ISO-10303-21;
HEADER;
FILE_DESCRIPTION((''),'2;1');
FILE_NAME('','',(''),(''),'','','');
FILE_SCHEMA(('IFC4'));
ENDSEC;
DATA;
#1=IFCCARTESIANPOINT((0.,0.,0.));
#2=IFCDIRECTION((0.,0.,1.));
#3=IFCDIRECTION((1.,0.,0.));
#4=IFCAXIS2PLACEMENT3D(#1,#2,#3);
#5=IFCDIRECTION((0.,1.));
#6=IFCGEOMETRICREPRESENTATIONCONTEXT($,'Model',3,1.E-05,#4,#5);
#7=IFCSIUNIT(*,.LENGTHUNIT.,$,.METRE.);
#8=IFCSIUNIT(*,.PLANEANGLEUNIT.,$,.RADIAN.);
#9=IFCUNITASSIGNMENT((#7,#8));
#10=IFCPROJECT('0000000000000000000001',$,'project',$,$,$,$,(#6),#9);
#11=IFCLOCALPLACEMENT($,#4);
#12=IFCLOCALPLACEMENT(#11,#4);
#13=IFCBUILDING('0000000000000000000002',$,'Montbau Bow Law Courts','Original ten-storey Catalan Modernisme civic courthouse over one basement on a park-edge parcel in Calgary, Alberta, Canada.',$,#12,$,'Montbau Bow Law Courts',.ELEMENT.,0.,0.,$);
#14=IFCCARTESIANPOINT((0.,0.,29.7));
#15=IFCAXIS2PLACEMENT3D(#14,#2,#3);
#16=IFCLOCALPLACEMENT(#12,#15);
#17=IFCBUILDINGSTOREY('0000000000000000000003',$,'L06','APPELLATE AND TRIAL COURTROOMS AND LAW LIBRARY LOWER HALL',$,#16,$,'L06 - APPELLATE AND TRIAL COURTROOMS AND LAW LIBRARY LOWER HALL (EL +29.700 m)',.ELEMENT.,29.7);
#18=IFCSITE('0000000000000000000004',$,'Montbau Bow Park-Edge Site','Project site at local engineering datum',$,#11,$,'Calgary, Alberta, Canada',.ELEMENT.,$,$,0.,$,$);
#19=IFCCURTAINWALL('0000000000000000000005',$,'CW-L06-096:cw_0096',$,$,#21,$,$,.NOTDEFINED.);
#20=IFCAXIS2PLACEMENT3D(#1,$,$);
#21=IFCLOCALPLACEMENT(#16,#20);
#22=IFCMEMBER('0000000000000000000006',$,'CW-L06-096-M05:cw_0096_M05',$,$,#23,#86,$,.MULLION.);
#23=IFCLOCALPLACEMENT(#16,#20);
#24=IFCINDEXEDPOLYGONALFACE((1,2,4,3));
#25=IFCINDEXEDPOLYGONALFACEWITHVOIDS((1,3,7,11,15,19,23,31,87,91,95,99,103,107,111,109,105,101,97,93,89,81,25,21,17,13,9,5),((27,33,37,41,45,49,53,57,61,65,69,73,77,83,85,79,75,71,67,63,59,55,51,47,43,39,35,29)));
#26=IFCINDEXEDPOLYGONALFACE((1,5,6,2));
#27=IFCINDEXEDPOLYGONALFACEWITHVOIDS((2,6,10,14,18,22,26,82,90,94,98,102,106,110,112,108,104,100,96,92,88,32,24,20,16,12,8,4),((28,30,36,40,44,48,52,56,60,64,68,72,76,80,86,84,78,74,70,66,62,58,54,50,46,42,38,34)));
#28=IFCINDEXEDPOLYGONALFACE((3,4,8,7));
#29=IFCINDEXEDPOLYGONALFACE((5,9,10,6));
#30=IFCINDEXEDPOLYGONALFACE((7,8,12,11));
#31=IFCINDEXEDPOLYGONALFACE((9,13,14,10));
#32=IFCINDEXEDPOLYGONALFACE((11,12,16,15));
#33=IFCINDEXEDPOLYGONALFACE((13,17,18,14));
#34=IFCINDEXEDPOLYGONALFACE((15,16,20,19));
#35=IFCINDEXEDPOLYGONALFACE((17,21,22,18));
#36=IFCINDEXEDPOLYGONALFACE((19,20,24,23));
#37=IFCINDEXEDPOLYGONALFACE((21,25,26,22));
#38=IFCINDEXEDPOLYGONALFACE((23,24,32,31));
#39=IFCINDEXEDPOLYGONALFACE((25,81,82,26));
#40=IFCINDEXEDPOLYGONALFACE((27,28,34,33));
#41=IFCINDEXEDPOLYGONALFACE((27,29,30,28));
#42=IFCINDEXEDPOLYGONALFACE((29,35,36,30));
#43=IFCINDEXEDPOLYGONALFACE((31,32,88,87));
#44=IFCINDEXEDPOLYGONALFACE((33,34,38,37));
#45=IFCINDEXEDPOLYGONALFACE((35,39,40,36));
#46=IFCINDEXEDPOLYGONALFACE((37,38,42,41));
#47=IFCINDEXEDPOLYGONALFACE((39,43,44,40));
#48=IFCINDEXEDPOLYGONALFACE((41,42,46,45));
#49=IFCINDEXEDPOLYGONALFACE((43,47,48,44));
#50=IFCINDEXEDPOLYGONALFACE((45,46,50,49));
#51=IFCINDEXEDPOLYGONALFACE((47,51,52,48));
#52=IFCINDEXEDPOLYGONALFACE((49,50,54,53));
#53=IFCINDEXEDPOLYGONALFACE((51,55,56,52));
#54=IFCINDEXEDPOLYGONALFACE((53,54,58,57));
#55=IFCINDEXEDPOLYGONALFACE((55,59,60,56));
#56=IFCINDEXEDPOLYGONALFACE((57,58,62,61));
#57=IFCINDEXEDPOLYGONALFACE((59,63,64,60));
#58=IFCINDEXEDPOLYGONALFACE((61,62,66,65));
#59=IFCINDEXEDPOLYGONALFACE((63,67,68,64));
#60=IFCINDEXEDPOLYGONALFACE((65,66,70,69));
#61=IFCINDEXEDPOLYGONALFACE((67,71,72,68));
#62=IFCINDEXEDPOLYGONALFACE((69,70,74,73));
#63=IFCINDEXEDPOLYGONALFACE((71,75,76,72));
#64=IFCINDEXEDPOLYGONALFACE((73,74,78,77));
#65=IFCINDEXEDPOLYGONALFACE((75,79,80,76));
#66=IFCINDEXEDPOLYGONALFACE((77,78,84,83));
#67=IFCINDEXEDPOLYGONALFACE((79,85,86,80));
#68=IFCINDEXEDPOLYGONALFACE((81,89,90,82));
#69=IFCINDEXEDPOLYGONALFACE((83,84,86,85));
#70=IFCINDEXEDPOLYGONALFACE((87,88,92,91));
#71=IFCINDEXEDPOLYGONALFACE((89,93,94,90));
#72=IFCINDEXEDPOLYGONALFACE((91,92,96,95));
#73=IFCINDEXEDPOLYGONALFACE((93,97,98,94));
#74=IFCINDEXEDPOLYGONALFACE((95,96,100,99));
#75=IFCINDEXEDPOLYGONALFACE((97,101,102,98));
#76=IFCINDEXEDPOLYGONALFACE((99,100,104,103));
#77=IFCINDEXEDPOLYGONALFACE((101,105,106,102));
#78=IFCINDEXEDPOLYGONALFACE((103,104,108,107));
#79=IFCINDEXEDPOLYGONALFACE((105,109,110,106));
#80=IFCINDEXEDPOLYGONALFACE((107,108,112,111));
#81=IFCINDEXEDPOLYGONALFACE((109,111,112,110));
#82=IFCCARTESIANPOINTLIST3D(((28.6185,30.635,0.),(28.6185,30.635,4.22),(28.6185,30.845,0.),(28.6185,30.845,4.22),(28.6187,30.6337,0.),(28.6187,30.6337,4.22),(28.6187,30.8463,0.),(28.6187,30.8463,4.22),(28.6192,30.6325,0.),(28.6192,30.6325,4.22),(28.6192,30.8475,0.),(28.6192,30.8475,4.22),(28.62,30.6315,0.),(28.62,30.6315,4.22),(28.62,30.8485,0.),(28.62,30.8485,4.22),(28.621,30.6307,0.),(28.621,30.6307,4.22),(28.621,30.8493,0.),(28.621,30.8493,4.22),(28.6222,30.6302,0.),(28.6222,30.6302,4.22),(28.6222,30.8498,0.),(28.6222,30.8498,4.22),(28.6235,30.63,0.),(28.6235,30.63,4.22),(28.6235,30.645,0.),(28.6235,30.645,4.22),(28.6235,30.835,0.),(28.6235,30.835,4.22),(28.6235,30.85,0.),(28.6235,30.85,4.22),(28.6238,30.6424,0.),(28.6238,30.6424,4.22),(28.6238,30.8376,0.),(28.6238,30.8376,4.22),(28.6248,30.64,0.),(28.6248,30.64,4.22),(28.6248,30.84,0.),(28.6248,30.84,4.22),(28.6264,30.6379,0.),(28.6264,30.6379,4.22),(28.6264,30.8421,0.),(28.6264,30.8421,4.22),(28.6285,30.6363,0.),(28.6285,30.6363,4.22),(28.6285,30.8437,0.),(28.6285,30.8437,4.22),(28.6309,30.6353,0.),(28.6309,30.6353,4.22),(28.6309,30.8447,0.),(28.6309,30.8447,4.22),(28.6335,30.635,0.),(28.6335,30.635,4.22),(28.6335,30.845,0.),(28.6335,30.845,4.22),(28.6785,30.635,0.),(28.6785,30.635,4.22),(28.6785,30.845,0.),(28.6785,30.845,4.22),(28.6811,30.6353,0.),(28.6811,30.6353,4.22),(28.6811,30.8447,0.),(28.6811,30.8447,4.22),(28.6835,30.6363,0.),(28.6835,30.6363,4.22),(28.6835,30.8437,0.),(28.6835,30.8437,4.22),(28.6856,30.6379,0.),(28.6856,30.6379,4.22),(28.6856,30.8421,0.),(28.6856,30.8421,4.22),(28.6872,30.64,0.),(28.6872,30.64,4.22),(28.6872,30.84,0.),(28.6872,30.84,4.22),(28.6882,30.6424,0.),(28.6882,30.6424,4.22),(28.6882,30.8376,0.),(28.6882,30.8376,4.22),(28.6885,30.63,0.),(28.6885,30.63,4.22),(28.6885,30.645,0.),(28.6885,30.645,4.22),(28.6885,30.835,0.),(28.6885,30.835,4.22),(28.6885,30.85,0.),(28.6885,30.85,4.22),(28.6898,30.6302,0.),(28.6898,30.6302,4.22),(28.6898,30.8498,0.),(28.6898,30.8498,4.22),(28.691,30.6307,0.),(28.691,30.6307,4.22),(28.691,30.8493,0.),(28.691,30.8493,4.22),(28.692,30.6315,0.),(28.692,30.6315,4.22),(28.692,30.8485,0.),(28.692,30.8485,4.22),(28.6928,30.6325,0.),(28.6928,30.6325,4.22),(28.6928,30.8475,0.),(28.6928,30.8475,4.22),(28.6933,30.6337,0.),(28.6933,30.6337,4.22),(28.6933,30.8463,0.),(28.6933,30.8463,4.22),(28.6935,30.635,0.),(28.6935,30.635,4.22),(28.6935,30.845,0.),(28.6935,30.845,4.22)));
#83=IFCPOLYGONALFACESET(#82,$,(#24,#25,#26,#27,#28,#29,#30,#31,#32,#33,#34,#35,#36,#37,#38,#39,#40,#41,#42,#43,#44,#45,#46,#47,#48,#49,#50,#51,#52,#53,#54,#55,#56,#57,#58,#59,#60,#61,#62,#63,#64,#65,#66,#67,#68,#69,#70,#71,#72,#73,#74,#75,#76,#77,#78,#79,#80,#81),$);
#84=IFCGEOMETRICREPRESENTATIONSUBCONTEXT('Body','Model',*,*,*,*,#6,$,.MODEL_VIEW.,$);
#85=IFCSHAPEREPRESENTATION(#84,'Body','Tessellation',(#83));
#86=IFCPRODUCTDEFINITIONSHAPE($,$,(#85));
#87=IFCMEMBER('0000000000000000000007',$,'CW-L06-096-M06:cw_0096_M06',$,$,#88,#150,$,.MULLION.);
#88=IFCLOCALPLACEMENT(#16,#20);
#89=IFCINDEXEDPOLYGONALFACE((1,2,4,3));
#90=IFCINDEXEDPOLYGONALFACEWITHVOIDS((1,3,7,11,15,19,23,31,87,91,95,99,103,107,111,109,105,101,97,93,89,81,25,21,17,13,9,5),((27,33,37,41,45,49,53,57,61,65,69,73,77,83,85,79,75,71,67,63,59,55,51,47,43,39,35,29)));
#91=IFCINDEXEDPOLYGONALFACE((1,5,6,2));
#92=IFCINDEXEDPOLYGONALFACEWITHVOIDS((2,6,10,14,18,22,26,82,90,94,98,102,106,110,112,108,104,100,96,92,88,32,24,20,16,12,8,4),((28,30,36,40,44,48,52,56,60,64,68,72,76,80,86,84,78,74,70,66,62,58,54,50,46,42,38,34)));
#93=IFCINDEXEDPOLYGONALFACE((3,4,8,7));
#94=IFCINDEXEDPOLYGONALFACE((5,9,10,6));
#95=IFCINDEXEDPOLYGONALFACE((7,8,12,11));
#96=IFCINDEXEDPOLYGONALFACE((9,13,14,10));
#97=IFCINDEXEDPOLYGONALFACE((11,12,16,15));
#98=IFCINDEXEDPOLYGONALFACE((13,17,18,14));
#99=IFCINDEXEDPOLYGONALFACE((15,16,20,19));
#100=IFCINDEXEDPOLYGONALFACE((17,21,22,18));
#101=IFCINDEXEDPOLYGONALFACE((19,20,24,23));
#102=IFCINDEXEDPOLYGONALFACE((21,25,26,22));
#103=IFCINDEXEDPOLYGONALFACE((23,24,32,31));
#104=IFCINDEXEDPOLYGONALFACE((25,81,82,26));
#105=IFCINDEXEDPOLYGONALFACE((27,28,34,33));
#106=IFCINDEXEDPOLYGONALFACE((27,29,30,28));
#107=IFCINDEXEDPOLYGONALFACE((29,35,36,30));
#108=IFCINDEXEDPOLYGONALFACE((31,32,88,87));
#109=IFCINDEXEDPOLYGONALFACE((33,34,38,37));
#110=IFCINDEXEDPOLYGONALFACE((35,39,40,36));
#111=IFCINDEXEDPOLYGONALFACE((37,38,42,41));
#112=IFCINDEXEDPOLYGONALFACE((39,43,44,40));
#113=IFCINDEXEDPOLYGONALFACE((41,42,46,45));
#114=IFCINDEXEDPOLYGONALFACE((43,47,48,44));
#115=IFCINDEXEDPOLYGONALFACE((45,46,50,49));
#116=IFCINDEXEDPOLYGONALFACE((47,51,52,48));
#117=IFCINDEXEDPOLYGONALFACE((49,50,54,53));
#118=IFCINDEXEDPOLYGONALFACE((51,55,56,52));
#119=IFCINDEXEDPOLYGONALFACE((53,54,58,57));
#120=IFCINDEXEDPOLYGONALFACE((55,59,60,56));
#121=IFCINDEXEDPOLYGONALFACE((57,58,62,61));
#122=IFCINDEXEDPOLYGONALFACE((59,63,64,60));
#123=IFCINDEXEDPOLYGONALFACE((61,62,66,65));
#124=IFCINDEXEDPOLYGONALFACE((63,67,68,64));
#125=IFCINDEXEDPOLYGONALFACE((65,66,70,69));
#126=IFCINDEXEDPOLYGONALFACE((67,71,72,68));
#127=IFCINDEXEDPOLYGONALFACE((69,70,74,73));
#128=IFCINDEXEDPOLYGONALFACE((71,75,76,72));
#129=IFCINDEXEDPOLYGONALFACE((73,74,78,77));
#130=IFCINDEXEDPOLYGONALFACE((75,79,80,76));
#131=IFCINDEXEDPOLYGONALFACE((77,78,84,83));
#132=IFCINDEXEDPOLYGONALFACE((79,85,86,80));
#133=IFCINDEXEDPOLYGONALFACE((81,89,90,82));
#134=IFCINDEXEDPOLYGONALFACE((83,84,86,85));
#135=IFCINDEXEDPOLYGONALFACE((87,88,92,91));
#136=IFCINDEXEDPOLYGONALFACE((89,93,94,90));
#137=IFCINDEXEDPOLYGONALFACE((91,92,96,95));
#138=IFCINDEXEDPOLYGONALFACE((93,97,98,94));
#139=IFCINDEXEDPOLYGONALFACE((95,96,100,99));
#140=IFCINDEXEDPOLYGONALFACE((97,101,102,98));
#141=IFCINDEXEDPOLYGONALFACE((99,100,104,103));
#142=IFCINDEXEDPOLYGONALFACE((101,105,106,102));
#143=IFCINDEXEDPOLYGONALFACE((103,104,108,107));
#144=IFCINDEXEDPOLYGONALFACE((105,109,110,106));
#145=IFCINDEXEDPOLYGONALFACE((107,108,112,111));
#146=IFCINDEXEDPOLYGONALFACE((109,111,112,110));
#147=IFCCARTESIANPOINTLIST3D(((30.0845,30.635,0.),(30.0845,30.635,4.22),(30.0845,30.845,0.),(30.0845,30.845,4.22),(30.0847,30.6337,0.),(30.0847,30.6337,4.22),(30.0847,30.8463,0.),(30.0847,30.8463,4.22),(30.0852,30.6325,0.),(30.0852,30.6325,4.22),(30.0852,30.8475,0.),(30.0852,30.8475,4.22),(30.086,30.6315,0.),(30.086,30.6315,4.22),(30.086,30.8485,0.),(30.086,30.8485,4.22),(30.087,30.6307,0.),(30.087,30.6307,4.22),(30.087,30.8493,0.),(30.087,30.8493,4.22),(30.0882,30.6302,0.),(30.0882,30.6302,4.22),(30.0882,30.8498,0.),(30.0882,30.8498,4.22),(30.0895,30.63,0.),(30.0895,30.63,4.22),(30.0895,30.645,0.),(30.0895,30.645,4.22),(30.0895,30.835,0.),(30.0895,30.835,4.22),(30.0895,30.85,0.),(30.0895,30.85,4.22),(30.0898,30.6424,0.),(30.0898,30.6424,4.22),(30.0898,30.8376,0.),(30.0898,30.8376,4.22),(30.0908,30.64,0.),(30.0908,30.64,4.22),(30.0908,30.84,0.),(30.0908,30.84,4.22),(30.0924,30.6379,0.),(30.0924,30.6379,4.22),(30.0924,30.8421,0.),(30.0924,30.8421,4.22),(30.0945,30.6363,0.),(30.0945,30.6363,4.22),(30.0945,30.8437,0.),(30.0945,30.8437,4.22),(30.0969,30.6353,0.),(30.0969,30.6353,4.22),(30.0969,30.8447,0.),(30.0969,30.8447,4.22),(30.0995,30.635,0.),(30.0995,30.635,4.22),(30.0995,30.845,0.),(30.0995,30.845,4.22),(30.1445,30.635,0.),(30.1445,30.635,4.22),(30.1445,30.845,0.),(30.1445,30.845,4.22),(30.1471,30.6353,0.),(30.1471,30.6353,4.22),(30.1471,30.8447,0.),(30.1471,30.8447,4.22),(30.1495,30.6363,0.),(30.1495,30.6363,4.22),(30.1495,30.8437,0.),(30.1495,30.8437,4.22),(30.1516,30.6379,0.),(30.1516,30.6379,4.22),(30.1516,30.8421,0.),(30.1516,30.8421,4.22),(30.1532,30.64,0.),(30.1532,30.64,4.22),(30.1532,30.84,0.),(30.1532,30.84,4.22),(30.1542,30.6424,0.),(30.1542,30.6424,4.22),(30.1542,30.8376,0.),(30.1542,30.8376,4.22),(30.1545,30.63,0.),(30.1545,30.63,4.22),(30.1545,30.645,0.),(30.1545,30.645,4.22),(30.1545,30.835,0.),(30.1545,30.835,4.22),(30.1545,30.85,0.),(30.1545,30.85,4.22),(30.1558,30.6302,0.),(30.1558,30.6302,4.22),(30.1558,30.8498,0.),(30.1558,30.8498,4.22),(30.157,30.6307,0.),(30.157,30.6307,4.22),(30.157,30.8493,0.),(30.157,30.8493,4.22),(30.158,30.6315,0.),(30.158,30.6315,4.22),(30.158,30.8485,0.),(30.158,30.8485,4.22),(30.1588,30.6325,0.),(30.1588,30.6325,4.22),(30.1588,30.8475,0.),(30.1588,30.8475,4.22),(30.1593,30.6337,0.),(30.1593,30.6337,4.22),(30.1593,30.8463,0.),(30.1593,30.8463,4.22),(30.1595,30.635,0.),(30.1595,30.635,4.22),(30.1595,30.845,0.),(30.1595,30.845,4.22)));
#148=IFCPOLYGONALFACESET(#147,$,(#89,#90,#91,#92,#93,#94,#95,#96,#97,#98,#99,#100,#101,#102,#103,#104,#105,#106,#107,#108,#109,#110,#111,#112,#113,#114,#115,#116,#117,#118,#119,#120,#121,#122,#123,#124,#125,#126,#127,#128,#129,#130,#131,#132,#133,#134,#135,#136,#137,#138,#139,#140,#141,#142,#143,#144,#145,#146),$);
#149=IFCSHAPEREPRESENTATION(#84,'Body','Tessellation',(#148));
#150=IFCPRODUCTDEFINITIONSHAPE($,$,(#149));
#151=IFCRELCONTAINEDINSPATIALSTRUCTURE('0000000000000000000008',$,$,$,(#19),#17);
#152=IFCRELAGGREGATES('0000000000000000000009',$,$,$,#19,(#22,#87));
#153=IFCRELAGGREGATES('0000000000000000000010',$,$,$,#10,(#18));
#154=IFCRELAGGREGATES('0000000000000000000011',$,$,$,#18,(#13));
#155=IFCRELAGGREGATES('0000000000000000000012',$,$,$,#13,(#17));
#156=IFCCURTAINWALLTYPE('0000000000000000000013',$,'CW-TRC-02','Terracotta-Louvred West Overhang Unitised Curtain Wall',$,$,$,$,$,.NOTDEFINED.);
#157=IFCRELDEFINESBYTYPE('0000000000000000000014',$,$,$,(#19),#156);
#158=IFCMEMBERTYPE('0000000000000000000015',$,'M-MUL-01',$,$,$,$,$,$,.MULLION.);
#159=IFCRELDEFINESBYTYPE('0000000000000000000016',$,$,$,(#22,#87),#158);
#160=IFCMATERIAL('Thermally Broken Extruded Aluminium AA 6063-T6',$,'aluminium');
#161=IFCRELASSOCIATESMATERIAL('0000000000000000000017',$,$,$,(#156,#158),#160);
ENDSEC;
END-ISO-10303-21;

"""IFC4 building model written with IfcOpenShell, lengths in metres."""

from ifc_helpers import new_model, si_unit, direction, frame, origin_with_axes, origin_2d_with_axis, place, context, subcontext, project, spatial, hollow_rectangle, extrude, material, material_profile, profile_set, type_object, element, aggregate, save


model = new_model("IFC4")

# Units and contexts
model_context = context("Model", 3, precision=1e-05, world=origin_with_axes(), true_north=direction((0.0, 1.0)))
body_context = subcontext(model_context, "Body", "Model", "MODEL_VIEW")
ifc_project = project(units=[si_unit("LENGTHUNIT", "METRE"), si_unit("PLANEANGLEUNIT", "RADIAN")], contexts=[model_context])

# Site, building, storey
site_placement = place(None, origin_with_axes())
site = spatial("IfcSite", under=ifc_project, at=site_placement, Name="Montbau Bow Park-Edge Site", Description="Project site at local engineering datum", LongName="Calgary, Alberta, Canada", CompositionType="ELEMENT", RefElevation=0.0)
building_placement = place(site_placement, origin_with_axes())
building = spatial("IfcBuilding", under=site, at=building_placement, Name="Montbau Bow Law Courts", Description="Original ten-storey Catalan Modernisme civic courthouse over one basement on a park-edge parcel in Calgary, Alberta, Canada.", LongName="Montbau Bow Law Courts", CompositionType="ELEMENT", ElevationOfRefHeight=0.0, ElevationOfTerrain=0.0)
storey_placement = place(building_placement, frame((0.0, 0.0, 29.7), z_axis=(0.0, 0.0, 1.0), x_axis=(1.0, 0.0, 0.0)))
storey = spatial("IfcBuildingStorey", under=building, at=storey_placement, Name="L06", Description="APPELLATE AND TRIAL COURTROOMS AND LAW LIBRARY LOWER HALL", LongName="L06 - APPELLATE AND TRIAL COURTROOMS AND LAW LIBRARY LOWER HALL (EL +29.700 m)", CompositionType="ELEMENT", Elevation=29.7)

# Curtain wall, members
ifc_material_1 = material(Name="Thermally Broken Extruded Aluminium AA 6063-T6", Category="aluminium")
curtain_wall_type = type_object("IfcCurtainWallType", Name="CW-TRC-02", Description="Terracotta-Louvred West Overhang Unitised Curtain Wall", PredefinedType="NOTDEFINED", material=ifc_material_1)
curtain_wall_1_placement = place(None, frame((22.64, 30.74, 29.7), z_axis=(0.0, 0.0, 1.0), x_axis=(1.0, 0.0, 0.0)))
curtain_wall_1 = element("IfcCurtainWall", 1, at=curtain_wall_1_placement, inside=storey, type_object=curtain_wall_type, Name="CW-L06-096:cw_0096", PredefinedType="NOTDEFINED")
ifc_material_profile_1 = material_profile(ifc_material_1, hollow_rectangle(XDim=0.075, YDim=0.22, WallThickness=0.005, InnerFilletRadius=0.01, OuterFilletRadius=0.005, at=origin_2d_with_axis()), Name="CWM-220X75", Category="Main", Priority=0)
ifc_profile_set_1 = profile_set([ifc_material_profile_1], Name="Thermally Broken Extruded Aluminium AA 6063-T6")
member_type_1 = type_object("IfcMemberType", Name="M-MUL-01", PredefinedType="MULLION", material=ifc_profile_set_1)
member_1_placement = place(None, frame((28.656, 30.74, 29.7), z_axis=(0.0, 0.0, 1.0), x_axis=(1.0, 0.0, 0.0)))
member_1 = element("IfcMember", 2, at=member_1_placement, type_object=member_type_1, Name="CW-L06-096-M05:cw_0096_M05", PredefinedType="MULLION", context=body_context, shape_type="SweptSolid", body=[
    extrude(hollow_rectangle(XDim=0.075, YDim=0.22, WallThickness=0.005, InnerFilletRadius=0.01, OuterFilletRadius=0.005, at=origin_2d_with_axis()), origin_with_axes(), (0.0, 0.0, 1.0), 4.22),
])
member_2_placement = place(None, frame((30.122, 30.74, 29.7), z_axis=(0.0, 0.0, 1.0), x_axis=(1.0, 0.0, 0.0)))
member_2 = element("IfcMember", 3, at=member_2_placement, type_object=member_type_1, Name="CW-L06-096-M06:cw_0096_M06", PredefinedType="MULLION", context=body_context, shape_type="SweptSolid", body=[
    extrude(hollow_rectangle(XDim=0.075, YDim=0.22, WallThickness=0.005, InnerFilletRadius=0.01, OuterFilletRadius=0.005, at=origin_2d_with_axis()), origin_with_axes(), (0.0, 0.0, 1.0), 4.22),
])

aggregate(curtain_wall_1, [member_1, member_2])

save(model, "model.ifc")
